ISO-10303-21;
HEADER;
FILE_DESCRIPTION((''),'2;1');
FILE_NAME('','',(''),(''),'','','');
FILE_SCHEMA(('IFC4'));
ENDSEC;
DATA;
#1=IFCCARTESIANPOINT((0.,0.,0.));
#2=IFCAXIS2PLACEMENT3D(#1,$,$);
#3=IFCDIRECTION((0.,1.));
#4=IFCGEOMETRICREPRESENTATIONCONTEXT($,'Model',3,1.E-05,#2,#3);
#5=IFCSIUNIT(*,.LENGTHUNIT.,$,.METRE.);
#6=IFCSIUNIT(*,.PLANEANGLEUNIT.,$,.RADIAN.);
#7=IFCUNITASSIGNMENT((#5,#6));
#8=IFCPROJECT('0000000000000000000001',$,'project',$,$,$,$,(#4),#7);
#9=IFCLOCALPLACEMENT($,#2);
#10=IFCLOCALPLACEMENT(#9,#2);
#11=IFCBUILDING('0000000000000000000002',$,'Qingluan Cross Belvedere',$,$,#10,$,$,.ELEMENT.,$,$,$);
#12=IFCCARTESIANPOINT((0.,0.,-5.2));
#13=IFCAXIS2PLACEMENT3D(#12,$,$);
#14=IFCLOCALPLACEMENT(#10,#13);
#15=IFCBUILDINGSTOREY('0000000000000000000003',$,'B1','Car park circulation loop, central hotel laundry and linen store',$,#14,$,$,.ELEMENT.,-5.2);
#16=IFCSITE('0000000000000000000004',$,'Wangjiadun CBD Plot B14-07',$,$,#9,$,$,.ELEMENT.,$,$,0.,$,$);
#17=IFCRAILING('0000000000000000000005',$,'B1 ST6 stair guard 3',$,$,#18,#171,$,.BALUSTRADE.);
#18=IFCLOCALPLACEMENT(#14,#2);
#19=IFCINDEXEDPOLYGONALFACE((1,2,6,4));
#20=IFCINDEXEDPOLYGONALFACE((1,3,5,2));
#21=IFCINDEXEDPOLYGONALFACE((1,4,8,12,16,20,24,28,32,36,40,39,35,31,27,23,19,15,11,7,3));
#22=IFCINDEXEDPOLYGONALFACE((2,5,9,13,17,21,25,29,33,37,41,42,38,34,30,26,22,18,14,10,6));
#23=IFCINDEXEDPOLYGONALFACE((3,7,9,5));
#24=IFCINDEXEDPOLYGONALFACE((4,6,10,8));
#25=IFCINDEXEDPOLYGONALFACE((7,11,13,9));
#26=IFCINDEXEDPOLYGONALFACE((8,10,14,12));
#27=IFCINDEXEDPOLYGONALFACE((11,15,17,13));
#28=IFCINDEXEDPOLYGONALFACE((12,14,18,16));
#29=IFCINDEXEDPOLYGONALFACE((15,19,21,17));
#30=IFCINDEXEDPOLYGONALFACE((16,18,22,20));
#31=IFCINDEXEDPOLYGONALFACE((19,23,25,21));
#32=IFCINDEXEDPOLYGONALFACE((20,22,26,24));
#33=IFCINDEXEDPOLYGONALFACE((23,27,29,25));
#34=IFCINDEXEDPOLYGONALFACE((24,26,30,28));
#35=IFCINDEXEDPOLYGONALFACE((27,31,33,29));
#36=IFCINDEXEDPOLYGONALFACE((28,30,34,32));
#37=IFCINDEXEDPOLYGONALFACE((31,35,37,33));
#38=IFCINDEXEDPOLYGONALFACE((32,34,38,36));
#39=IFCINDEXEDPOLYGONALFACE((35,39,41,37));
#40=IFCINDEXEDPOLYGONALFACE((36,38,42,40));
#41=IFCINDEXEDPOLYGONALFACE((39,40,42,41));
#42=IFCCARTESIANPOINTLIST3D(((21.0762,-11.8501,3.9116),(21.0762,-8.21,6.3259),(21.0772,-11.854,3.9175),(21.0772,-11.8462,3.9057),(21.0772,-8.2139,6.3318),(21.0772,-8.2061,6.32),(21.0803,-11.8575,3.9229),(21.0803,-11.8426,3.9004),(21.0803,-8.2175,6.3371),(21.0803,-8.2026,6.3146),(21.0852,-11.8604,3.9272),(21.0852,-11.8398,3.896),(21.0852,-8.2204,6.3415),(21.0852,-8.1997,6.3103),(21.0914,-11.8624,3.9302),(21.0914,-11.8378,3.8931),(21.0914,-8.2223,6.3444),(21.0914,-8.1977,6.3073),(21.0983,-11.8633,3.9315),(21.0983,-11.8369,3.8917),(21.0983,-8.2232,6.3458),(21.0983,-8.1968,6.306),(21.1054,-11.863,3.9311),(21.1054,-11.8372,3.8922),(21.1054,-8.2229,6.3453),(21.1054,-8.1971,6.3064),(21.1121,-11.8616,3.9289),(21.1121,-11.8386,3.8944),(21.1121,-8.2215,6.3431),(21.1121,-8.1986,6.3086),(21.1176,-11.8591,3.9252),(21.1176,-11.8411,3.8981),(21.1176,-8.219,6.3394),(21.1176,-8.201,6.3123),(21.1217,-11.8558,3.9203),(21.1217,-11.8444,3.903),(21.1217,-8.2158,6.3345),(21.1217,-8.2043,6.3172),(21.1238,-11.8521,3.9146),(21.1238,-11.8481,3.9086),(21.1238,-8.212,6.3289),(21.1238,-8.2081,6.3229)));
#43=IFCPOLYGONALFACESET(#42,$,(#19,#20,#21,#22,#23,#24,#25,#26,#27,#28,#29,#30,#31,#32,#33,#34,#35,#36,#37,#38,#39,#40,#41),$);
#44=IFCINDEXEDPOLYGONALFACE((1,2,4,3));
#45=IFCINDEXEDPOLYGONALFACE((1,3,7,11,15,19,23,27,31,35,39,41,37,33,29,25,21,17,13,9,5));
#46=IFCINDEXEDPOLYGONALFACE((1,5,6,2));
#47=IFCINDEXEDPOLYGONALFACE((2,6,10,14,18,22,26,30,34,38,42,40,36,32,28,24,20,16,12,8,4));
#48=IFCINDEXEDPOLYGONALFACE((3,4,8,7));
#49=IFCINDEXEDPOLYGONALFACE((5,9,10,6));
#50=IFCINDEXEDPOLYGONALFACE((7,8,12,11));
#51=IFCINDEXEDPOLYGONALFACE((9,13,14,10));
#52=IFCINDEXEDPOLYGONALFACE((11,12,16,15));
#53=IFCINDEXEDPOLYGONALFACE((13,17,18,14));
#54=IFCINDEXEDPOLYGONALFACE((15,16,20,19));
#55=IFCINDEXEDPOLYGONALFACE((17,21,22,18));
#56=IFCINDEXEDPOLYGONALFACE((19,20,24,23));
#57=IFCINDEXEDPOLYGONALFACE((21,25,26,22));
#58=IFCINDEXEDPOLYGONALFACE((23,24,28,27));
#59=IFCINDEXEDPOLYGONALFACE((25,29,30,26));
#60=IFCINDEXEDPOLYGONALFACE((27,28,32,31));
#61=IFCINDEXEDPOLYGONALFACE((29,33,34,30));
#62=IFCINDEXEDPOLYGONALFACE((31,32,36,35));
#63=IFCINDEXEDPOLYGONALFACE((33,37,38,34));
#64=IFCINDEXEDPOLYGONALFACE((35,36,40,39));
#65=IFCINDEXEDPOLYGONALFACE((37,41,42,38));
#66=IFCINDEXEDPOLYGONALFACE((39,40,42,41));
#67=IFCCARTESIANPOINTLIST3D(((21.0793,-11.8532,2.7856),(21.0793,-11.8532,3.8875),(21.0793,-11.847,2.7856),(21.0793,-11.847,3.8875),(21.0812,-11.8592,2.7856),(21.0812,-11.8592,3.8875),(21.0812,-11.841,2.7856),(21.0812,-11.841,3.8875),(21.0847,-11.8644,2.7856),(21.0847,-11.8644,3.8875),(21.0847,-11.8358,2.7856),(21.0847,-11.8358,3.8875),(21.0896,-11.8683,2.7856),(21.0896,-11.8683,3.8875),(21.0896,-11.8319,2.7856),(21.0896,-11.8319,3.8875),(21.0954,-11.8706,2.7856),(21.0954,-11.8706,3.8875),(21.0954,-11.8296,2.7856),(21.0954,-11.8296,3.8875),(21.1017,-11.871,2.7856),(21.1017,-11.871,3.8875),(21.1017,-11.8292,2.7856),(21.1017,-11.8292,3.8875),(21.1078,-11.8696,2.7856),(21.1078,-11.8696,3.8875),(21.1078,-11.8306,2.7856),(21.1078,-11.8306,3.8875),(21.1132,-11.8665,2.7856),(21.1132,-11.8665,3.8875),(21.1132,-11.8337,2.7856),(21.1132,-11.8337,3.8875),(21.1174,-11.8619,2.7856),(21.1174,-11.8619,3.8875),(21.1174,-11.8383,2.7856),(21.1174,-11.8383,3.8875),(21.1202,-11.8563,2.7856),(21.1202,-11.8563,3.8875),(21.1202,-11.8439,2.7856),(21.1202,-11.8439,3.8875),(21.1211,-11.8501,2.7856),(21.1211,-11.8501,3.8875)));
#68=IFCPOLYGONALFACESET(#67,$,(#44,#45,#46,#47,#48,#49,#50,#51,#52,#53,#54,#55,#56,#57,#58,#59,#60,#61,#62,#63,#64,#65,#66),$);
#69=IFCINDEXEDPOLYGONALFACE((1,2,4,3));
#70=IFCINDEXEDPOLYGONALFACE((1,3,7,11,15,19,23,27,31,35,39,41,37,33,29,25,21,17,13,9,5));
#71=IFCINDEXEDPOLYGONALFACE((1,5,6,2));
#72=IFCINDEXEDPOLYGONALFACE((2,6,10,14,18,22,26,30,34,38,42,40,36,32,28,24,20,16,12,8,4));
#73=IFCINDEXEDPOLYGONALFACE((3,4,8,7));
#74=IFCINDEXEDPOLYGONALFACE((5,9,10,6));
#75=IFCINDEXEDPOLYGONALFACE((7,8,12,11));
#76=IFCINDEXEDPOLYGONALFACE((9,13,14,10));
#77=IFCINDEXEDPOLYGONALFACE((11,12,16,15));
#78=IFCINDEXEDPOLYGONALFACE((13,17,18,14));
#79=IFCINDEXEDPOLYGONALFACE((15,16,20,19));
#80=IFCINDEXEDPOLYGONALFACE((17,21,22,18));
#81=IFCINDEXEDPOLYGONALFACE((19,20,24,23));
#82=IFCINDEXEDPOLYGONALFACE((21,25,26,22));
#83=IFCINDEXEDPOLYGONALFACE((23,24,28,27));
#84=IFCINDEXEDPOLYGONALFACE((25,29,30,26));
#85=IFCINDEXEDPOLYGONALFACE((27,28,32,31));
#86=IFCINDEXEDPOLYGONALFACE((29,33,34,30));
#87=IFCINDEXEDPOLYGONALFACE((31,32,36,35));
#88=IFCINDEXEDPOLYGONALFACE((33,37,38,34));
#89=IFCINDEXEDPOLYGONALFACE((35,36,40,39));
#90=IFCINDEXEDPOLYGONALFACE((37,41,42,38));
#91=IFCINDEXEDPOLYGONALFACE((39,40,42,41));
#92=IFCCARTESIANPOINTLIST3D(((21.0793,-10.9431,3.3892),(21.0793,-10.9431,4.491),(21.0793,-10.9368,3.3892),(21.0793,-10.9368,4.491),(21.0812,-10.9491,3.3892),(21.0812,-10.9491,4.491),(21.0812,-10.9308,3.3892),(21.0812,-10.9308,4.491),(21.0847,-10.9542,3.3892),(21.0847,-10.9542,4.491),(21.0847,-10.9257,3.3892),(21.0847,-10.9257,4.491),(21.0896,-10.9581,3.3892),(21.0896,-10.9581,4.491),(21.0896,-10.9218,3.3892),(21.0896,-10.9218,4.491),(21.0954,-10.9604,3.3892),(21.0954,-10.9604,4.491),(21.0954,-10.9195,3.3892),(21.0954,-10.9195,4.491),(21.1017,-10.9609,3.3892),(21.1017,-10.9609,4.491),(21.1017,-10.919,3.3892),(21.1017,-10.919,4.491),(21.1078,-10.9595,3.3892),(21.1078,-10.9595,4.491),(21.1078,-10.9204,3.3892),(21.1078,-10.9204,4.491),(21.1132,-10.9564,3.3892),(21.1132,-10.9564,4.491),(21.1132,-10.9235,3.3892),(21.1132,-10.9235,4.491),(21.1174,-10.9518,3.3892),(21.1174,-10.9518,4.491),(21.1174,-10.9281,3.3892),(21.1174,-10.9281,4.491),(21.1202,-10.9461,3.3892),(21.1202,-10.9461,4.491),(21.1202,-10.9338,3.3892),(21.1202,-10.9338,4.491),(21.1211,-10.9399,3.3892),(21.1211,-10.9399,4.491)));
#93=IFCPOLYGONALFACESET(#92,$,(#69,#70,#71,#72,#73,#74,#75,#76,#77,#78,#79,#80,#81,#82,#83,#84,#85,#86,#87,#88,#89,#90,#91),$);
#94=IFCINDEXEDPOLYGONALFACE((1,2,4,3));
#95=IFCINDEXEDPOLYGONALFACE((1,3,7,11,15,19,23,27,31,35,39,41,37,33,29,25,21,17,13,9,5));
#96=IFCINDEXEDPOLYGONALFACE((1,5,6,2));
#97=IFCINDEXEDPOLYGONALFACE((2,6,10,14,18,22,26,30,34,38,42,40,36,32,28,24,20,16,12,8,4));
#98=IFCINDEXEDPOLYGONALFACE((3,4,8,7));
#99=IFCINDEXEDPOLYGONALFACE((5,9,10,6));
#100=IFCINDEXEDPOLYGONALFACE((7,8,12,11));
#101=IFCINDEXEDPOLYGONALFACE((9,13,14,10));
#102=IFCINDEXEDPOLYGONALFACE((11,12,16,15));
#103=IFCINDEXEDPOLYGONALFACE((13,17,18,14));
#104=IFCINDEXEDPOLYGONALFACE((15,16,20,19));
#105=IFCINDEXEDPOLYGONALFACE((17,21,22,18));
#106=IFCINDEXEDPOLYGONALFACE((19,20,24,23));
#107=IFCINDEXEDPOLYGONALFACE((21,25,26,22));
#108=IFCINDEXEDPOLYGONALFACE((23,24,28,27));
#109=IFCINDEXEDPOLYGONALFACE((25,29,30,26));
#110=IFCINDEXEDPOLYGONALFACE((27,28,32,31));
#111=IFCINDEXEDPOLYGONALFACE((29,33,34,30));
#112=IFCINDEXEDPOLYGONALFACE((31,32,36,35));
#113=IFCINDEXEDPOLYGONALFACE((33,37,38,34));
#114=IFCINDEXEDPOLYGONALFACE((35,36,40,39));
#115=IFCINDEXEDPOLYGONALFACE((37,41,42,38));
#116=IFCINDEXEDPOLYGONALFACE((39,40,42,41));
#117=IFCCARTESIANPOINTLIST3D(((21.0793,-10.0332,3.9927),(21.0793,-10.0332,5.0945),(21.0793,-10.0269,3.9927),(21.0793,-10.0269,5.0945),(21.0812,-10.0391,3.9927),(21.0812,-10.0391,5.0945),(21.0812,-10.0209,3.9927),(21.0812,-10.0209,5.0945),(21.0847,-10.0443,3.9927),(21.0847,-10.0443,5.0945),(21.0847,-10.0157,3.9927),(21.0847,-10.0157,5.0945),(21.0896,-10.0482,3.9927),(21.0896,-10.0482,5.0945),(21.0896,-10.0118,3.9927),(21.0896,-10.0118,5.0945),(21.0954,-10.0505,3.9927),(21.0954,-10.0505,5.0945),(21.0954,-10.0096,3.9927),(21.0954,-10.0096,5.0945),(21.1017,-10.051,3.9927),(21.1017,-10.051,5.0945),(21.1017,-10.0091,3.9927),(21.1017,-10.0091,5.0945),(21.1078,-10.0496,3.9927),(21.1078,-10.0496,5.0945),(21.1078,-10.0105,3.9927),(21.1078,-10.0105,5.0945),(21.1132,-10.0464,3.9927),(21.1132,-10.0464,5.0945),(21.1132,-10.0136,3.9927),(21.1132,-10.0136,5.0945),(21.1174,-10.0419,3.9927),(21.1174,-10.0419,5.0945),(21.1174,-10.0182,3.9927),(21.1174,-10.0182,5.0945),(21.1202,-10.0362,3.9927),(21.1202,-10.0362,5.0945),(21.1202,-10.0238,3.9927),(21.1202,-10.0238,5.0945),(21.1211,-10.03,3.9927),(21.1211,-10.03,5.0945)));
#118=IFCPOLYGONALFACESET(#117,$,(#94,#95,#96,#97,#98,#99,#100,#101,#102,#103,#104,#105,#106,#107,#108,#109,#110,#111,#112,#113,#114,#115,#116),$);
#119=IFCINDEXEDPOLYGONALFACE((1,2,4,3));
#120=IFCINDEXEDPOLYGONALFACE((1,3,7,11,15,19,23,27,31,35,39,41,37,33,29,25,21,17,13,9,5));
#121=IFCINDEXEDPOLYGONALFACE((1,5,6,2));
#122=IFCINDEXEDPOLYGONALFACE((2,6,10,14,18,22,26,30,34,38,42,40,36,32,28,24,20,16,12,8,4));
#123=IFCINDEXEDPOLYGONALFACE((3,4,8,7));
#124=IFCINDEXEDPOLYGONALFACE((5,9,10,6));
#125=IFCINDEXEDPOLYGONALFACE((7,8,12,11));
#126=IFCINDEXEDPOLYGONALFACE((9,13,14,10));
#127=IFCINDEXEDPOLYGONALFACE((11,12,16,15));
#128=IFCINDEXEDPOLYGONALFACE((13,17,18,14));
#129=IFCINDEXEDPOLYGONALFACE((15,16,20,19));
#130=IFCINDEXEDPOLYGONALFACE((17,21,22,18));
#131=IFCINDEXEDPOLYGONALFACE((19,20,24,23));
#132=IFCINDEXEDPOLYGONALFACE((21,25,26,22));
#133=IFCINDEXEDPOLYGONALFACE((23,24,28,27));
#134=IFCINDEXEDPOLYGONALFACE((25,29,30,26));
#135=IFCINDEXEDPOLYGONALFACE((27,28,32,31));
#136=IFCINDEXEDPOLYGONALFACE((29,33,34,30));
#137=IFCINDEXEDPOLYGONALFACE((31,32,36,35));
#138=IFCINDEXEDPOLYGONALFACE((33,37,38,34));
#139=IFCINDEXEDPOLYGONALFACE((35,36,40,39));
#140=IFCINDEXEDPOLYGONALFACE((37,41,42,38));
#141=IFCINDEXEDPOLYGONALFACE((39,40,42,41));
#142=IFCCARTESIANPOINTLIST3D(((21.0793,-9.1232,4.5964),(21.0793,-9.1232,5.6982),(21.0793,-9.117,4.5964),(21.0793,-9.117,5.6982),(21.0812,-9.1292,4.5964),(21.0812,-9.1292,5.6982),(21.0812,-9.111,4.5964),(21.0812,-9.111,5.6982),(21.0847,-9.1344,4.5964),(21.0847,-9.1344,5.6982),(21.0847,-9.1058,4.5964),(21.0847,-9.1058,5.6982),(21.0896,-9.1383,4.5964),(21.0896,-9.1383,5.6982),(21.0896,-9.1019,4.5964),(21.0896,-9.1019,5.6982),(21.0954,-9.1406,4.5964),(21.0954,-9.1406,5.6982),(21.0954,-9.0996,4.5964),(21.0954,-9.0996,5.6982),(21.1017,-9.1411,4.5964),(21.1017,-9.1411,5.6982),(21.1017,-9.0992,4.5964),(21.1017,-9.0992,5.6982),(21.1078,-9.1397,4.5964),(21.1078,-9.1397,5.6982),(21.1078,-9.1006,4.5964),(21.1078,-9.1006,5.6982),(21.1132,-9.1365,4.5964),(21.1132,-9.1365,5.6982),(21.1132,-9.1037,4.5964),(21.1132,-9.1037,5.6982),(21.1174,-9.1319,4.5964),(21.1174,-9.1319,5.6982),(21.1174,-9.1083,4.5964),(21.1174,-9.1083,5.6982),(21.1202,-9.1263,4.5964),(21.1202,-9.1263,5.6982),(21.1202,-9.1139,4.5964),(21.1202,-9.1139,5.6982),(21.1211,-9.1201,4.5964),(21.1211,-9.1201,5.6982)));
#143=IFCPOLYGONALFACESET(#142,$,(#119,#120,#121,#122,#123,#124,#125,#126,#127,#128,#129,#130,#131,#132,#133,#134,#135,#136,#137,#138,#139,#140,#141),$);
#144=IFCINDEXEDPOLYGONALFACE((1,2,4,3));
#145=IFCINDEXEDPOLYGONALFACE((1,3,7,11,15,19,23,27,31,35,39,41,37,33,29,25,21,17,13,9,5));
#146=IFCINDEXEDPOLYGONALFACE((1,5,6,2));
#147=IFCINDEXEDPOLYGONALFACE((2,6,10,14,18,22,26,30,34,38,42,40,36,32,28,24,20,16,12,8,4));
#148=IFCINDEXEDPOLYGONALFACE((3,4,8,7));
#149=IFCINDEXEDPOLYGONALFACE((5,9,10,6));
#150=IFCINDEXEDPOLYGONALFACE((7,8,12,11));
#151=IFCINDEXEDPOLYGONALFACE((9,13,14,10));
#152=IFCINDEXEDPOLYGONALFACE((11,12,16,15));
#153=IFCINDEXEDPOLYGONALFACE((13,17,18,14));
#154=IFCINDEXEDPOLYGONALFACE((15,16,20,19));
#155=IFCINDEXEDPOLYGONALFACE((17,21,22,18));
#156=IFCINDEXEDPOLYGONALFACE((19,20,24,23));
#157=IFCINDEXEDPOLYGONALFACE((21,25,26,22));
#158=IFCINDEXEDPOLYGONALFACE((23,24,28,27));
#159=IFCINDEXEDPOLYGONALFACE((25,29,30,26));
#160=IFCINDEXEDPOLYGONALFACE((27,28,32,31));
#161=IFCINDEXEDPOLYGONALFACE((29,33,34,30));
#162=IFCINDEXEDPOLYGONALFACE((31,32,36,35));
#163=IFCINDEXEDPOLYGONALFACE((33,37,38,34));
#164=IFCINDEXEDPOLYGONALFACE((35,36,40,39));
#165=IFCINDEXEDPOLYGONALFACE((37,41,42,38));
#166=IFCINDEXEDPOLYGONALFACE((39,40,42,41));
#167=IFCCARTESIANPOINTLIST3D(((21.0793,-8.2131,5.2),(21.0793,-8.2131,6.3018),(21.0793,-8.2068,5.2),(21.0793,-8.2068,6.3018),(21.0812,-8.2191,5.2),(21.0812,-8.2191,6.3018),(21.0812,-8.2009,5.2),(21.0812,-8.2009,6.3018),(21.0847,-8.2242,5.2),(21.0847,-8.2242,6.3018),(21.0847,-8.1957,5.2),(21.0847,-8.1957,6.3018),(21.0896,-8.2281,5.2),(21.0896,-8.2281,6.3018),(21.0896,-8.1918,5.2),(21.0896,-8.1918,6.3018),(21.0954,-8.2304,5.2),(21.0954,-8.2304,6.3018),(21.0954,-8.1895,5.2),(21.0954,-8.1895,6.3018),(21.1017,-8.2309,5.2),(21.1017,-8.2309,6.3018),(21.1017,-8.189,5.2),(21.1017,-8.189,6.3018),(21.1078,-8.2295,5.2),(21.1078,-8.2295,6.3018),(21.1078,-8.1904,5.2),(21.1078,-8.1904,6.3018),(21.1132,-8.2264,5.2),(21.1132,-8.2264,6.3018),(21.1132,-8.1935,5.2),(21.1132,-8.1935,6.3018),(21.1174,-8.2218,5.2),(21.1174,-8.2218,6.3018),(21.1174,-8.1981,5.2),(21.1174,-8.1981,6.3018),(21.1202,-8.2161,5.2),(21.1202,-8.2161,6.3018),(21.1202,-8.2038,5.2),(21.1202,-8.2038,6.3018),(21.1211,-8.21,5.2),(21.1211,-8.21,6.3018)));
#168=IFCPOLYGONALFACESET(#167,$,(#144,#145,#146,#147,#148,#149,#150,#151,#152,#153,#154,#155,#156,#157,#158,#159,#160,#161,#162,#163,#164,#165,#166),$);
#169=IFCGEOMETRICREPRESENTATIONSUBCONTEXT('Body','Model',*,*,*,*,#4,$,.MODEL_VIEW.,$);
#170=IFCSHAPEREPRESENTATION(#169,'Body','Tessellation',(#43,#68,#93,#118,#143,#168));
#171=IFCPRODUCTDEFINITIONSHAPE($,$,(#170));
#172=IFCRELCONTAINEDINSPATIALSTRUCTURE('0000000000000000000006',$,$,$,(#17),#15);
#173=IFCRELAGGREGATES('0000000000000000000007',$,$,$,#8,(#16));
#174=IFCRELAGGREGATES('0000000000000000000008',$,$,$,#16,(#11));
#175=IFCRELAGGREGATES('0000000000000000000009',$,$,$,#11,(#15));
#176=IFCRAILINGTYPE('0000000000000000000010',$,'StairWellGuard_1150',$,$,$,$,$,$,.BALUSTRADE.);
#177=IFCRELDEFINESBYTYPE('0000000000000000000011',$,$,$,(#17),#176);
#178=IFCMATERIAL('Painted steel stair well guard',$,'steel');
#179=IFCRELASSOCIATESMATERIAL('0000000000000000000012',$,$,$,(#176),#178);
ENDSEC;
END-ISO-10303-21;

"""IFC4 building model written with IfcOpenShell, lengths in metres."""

from ifc_helpers import new_model, si_unit, direction, frame, origin, origin_2d, place, context, subcontext, project, spatial, circle, extrude, material, type_object, element, save


model = new_model("IFC4")

# Units and contexts
model_context = context("Model", 3, precision=1e-05, world=origin(), true_north=direction((0.0, 1.0)))
body_context = subcontext(model_context, "Body", "Model", "MODEL_VIEW")
ifc_project = project(units=[si_unit("LENGTHUNIT", "METRE"), si_unit("PLANEANGLEUNIT", "RADIAN")], contexts=[model_context])

# Site, building, storey
site_placement = place(None, origin())
site = spatial("IfcSite", under=ifc_project, at=site_placement, Name="Wangjiadun CBD Plot B14-07", CompositionType="ELEMENT", RefElevation=0.0)
building_placement = place(site_placement, origin())
building = spatial("IfcBuilding", under=site, at=building_placement, Name="Qingluan Cross Belvedere", CompositionType="ELEMENT")
storey_placement = place(building_placement, frame((0.0, 0.0, -5.2)))
storey = spatial("IfcBuildingStorey", under=building, at=storey_placement, Name="B1", Description="Car park circulation loop, central hotel laundry and linen store", CompositionType="ELEMENT", Elevation=-5.2)

# Railing
ifc_material_1 = material(Name="Painted steel stair well guard", Category="steel")
railing_type_1 = type_object("IfcRailingType", Name="StairWellGuard_1150", PredefinedType="BALUSTRADE", material=ifc_material_1)
railing_1_placement = place(storey_placement, frame((21.1001, -11.8501, 2.7856)))
element("IfcRailing", 1, at=railing_1_placement, inside=storey, type_object=railing_type_1, Name="B1 ST6 stair guard 3", PredefinedType="BALUSTRADE", context=body_context, shape_type="SweptSolid", body=[
    extrude(circle(Radius=0.0239, at=origin_2d()), frame((0.0, 0.0, 1.126), z_axis=(0.0, 0.833364, 0.552725), x_axis=(-1.0, 0.0, 0.0)), (0.0, 0.0, 1.0), 4.3679),
    extrude(circle(Radius=0.021, at=origin_2d()), origin(), (0.0, 0.0, 1.0), 1.1018),
    extrude(circle(Radius=0.021, at=origin_2d()), frame((0.0, 0.9102, 0.6035)), (0.0, 0.0, 1.0), 1.1018),
    extrude(circle(Radius=0.021, at=origin_2d()), frame((0.0, 1.8201, 1.207)), (0.0, 0.0, 1.0), 1.1018),
    extrude(circle(Radius=0.021, at=origin_2d()), frame((0.0, 2.73, 1.8108)), (0.0, 0.0, 1.0), 1.1018),
    extrude(circle(Radius=0.021, at=origin_2d()), frame((0.0, 3.6401, 2.4143)), (0.0, 0.0, 1.0), 1.1018),
])

save(model, "model.ifc")
